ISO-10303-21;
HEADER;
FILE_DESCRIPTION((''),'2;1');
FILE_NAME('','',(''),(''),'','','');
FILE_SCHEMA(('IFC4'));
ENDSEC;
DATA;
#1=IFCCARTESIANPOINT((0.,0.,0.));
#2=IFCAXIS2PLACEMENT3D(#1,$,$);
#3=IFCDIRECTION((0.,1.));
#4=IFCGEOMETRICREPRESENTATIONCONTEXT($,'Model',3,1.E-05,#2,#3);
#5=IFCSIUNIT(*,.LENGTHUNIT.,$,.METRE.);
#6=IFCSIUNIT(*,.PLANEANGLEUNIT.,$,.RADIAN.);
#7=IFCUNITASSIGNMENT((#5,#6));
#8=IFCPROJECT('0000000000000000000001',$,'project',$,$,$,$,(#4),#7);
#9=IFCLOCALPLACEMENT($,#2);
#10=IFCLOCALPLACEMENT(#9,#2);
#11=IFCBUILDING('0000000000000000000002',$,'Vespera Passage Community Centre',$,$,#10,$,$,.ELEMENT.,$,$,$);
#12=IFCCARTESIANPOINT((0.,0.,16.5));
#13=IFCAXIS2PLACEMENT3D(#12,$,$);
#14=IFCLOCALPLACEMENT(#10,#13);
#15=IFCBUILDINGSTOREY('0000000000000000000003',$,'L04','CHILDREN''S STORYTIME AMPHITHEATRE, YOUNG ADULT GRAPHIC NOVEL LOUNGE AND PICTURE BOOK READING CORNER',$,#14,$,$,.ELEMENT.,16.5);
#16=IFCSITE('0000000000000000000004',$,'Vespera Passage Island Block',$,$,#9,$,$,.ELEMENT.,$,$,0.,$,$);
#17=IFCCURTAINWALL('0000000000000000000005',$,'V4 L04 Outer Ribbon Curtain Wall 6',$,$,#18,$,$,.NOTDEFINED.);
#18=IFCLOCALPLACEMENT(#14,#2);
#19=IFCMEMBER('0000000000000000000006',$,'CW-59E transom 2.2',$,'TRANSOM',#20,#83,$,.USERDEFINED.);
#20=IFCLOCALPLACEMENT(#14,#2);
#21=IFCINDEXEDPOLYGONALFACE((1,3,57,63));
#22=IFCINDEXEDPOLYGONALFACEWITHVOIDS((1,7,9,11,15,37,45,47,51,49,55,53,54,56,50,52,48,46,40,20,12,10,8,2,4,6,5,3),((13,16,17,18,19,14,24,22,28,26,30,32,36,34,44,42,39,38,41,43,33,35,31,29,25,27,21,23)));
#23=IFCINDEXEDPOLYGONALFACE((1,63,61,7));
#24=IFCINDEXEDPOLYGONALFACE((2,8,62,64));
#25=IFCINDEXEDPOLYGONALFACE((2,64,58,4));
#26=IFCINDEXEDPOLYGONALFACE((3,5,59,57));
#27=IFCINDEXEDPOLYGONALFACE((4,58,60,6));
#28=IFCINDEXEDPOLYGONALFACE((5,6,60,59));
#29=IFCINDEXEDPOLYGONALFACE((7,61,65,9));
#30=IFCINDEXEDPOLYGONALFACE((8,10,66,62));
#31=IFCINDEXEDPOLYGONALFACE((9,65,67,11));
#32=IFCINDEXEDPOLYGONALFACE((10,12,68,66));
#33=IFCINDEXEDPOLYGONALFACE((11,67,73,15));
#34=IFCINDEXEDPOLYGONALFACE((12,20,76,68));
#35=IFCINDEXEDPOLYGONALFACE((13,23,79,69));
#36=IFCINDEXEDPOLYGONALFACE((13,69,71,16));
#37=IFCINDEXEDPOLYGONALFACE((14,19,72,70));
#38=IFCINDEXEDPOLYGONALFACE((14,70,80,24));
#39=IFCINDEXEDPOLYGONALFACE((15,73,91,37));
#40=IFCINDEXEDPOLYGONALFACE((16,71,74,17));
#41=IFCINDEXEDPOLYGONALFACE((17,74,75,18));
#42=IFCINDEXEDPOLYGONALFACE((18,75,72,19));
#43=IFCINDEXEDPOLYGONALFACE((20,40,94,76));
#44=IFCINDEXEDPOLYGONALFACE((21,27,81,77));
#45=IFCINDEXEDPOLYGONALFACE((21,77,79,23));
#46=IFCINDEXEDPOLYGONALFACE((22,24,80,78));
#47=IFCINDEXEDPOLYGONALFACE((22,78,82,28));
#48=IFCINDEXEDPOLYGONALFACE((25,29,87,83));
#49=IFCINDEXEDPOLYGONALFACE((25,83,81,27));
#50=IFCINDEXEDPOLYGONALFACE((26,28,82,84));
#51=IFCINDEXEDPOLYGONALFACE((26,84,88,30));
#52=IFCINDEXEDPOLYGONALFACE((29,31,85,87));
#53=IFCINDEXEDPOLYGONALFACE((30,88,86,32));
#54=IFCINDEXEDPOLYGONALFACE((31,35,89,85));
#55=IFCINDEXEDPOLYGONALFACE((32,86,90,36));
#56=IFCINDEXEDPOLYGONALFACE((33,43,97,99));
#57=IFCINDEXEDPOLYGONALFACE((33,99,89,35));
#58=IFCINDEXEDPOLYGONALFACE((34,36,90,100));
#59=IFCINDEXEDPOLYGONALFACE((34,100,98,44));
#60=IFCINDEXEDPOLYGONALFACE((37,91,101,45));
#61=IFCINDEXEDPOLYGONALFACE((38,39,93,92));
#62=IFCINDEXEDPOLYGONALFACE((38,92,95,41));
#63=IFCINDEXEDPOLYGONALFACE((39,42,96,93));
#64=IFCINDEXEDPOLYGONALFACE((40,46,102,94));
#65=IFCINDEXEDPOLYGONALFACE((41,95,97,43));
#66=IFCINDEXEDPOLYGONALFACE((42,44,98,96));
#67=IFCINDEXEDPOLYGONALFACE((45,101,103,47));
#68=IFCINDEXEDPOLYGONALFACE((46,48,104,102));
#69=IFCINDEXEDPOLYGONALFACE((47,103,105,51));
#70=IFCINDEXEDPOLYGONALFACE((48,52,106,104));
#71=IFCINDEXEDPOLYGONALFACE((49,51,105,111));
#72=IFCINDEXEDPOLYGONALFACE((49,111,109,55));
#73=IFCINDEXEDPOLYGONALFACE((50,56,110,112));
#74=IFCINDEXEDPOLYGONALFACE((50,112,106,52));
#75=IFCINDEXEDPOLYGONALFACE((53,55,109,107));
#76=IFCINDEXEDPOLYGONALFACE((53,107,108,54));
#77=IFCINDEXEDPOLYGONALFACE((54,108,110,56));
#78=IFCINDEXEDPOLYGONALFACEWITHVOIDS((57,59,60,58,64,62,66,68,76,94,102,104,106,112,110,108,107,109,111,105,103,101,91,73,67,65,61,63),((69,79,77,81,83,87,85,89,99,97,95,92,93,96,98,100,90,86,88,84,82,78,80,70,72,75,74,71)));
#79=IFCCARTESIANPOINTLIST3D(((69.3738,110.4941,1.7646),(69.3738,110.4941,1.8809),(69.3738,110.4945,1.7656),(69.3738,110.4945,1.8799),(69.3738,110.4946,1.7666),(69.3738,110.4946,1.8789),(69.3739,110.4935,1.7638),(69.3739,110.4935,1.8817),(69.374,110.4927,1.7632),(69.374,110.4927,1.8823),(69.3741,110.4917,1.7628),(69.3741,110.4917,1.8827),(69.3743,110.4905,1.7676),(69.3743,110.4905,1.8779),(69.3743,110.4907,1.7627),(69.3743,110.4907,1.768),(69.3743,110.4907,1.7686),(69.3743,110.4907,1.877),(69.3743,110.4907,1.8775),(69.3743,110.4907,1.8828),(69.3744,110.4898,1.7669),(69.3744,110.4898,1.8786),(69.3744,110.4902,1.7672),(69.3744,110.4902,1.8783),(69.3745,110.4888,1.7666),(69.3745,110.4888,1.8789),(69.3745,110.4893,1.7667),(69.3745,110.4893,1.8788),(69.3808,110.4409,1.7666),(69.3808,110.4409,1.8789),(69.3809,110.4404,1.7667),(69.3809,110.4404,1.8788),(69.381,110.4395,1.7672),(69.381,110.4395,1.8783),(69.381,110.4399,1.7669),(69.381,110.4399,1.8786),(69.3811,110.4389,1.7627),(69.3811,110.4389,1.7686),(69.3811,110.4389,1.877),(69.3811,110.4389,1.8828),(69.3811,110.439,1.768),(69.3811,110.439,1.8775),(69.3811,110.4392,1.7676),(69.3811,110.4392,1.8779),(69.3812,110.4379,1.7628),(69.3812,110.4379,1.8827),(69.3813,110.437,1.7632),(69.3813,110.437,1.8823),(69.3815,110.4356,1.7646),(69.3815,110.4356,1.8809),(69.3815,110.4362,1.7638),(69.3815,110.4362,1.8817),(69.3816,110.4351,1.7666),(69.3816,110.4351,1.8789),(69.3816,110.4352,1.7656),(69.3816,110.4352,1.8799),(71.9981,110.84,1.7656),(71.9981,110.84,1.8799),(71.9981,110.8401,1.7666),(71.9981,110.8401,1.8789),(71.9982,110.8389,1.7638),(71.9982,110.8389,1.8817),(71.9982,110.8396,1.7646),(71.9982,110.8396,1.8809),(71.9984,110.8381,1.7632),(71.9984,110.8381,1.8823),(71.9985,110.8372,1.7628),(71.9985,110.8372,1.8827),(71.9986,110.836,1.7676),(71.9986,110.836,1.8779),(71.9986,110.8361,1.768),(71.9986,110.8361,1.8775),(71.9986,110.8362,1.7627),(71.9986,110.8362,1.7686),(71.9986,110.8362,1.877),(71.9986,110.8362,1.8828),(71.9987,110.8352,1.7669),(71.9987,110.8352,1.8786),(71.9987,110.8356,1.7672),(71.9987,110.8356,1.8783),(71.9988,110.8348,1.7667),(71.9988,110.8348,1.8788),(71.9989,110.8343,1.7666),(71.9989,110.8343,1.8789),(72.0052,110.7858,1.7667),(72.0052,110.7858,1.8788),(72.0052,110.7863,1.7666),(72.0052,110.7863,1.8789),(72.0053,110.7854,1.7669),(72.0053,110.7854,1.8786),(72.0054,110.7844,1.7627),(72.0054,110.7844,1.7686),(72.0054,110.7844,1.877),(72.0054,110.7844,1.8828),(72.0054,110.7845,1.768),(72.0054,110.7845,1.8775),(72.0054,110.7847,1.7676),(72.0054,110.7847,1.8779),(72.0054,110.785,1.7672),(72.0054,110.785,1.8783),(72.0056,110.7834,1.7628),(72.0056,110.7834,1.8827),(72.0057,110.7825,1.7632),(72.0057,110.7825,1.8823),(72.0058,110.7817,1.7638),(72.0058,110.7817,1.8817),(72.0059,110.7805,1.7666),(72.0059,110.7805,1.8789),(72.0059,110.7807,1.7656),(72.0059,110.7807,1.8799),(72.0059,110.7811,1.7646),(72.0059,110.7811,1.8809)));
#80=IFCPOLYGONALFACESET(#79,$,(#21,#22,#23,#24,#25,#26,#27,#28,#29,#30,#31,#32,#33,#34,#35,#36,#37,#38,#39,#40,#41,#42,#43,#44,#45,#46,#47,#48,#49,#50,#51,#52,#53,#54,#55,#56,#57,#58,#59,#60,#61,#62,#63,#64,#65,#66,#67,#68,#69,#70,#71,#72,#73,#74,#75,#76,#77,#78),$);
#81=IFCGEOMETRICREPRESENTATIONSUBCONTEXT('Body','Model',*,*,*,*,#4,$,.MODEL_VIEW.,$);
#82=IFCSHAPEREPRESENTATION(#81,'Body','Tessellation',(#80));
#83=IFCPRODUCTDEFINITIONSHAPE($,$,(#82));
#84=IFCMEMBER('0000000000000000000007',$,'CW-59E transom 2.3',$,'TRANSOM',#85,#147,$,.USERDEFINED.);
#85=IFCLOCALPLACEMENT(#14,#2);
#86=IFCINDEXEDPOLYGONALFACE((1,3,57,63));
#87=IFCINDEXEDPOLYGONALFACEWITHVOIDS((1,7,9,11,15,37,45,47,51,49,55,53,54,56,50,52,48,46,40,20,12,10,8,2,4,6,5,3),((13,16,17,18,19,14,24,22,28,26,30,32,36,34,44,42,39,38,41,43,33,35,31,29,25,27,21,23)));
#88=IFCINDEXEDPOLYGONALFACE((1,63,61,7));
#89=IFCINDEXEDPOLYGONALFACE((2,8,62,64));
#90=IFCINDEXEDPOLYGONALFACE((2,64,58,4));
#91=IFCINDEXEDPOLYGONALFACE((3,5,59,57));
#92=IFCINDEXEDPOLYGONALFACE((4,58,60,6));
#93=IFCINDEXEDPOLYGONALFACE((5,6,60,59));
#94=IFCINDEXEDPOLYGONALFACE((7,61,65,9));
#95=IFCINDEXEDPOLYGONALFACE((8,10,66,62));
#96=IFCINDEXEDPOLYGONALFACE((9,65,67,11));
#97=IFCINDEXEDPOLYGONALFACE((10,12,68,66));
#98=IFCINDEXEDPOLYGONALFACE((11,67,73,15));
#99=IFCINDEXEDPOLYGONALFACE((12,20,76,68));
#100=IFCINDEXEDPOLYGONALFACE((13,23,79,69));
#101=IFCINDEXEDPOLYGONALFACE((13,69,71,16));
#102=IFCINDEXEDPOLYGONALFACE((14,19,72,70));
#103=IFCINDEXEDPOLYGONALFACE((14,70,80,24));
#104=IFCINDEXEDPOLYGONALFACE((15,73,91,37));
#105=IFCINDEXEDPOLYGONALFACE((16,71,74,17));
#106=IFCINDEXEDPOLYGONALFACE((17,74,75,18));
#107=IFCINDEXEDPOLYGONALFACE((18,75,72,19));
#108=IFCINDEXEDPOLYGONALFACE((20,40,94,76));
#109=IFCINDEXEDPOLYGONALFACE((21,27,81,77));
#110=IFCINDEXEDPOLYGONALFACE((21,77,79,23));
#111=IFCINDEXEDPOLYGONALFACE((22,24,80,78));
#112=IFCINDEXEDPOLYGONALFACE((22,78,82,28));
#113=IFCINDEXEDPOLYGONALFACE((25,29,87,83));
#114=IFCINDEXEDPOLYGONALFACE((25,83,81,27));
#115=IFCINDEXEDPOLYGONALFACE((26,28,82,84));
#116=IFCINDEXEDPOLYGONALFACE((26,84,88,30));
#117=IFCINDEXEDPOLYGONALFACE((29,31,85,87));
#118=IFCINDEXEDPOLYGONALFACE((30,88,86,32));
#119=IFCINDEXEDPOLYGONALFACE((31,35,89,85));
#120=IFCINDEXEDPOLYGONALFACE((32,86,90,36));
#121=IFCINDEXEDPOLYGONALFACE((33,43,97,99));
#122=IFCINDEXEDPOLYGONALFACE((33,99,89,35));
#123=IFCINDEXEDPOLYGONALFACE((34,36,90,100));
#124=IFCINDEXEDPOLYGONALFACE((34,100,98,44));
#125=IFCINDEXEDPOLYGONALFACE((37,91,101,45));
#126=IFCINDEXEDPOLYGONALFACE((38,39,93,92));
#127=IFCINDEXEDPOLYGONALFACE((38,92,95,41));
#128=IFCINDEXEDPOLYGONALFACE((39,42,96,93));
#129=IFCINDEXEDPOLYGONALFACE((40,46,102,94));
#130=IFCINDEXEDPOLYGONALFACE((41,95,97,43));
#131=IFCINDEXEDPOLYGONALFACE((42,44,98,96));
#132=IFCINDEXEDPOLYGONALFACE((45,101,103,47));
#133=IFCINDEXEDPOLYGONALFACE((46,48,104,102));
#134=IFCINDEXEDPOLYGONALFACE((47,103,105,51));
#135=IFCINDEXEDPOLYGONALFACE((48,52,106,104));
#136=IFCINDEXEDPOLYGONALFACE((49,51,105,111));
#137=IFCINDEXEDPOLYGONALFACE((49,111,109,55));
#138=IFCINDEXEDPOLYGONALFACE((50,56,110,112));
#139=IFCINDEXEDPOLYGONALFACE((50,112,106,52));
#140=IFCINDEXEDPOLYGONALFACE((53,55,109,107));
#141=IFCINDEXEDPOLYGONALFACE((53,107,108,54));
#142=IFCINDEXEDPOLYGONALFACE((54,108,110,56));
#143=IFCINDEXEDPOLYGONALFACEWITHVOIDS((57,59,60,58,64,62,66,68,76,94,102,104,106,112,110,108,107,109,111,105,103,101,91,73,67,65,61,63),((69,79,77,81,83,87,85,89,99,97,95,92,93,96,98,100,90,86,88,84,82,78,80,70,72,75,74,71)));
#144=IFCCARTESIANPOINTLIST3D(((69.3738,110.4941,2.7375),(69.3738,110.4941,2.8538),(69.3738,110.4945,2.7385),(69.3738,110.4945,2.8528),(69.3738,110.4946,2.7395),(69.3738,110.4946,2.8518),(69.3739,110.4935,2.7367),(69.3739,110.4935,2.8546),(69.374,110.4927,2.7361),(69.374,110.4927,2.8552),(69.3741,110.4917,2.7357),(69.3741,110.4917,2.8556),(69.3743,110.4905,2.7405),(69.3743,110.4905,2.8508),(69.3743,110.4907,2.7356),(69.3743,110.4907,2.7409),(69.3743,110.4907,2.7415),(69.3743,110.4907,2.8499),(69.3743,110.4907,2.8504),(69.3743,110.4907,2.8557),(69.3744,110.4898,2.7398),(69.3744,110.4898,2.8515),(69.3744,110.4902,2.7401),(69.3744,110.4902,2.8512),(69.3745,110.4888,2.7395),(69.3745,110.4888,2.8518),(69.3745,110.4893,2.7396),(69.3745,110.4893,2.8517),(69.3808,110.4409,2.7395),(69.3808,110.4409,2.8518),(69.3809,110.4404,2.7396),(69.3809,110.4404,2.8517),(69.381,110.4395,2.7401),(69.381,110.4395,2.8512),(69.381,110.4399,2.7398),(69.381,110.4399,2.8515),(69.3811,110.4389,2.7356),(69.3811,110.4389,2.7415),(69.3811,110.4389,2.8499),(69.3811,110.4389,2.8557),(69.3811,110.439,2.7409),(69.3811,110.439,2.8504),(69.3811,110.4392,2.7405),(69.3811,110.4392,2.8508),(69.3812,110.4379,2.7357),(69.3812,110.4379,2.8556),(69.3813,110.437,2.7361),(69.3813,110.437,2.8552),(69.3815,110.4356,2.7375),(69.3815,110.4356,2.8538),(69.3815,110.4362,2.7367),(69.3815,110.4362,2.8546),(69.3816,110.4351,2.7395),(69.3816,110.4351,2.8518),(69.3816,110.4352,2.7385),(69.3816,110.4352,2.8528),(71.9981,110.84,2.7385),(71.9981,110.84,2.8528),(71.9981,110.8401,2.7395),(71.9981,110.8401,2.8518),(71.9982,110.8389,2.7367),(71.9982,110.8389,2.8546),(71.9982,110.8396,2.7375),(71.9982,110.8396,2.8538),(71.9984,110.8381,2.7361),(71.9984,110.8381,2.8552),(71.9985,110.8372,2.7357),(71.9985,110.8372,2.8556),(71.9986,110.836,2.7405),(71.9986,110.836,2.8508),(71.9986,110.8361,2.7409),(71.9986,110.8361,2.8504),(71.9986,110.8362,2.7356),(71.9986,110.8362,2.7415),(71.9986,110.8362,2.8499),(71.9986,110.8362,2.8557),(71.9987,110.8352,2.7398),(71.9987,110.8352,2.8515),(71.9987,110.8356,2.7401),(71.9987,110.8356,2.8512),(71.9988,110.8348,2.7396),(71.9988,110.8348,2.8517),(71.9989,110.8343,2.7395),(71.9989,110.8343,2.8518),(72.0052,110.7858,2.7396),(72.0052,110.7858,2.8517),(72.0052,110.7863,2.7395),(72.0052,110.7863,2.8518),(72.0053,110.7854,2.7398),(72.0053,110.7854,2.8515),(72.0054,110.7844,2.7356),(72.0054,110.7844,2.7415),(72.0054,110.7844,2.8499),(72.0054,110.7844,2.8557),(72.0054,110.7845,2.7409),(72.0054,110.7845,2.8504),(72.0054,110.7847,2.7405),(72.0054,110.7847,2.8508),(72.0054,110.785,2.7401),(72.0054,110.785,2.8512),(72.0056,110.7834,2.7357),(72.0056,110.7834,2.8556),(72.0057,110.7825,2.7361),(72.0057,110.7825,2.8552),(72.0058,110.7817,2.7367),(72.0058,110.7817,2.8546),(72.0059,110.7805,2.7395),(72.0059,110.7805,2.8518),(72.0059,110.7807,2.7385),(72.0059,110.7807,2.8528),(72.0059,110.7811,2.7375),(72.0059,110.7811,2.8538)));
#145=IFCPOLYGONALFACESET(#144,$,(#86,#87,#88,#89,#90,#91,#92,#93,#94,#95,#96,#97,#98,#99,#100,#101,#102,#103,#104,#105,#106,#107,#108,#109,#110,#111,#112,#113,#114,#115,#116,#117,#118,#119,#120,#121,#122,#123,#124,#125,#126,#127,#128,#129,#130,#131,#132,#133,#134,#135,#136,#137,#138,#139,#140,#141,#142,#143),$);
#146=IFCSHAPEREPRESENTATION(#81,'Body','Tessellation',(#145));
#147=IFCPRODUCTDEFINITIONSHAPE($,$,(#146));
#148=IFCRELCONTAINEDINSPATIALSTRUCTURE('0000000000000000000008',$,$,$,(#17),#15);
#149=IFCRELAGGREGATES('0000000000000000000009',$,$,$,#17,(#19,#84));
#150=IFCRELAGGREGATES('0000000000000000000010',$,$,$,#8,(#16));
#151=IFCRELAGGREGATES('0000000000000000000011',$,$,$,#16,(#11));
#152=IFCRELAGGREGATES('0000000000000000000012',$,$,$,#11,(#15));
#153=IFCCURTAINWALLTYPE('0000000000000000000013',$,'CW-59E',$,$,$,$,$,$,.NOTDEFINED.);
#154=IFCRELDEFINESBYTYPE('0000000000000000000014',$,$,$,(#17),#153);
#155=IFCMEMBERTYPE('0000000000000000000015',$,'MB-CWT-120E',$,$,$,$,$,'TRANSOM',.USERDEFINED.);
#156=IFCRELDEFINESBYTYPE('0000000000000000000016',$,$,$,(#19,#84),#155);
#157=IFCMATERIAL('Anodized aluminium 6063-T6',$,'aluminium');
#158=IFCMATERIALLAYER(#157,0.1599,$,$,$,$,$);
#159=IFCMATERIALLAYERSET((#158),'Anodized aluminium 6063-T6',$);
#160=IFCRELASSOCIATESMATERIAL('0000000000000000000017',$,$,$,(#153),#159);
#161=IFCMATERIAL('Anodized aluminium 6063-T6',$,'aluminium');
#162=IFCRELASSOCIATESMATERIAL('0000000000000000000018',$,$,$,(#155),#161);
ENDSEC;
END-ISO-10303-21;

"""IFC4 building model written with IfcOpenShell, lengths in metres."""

from ifc_helpers import new_model, si_unit, direction, frame, origin, origin_2d, place, context, subcontext, project, spatial, hollow_rectangle, extrude, material, layer, layer_set, material_profile, profile_set, type_object, element, aggregate, save


model = new_model("IFC4")

# Units and contexts
model_context = context("Model", 3, precision=1e-05, world=origin(), true_north=direction((0.0, 1.0)))
body_context = subcontext(model_context, "Body", "Model", "MODEL_VIEW")
ifc_project = project(units=[si_unit("LENGTHUNIT", "METRE"), si_unit("PLANEANGLEUNIT", "RADIAN")], contexts=[model_context])

# Site, building, storey
site_placement = place(None, origin())
site = spatial("IfcSite", under=ifc_project, at=site_placement, Name="Vespera Passage Island Block", CompositionType="ELEMENT", RefElevation=0.0)
building_placement = place(site_placement, origin())
building = spatial("IfcBuilding", under=site, at=building_placement, Name="Vespera Passage Community Centre", CompositionType="ELEMENT")
storey_placement = place(building_placement, frame((0.0, 0.0, 16.5)))
storey = spatial("IfcBuildingStorey", under=building, at=storey_placement, Name="L04", Description="CHILDREN'S STORYTIME AMPHITHEATRE, YOUNG ADULT GRAPHIC NOVEL LOUNGE AND PICTURE BOOK READING CORNER", CompositionType="ELEMENT", Elevation=16.5)

# Curtain wall, members
ifc_material_1 = material(Name="Anodized aluminium 6063-T6", Category="aluminium")
ifc_layer_1 = layer(ifc_material_1, 0.1599)
ifc_layer_set_1 = layer_set([ifc_layer_1], Name="Anodized aluminium 6063-T6")
curtain_wall_type = type_object("IfcCurtainWallType", Name="CW-59E", PredefinedType="NOTDEFINED", material=ifc_layer_set_1)
curtain_wall_placement = place(storey_placement, origin())
curtain_wall = element("IfcCurtainWall", 1, at=curtain_wall_placement, inside=storey, type_object=curtain_wall_type, Name="V4 L04 Outer Ribbon Curtain Wall 6", PredefinedType="NOTDEFINED")
ifc_material_2 = material(Name="Anodized aluminium 6063-T6", Category="aluminium")
ifc_material_profile_1 = material_profile(ifc_material_2, hollow_rectangle(XDim=0.0601, YDim=0.1201, WallThickness=0.0039, InnerFilletRadius=0.002, OuterFilletRadius=0.0039, at=origin_2d()), Name="ALU120X60X4")
ifc_profile_set_1 = profile_set([ifc_material_profile_1], Name="Anodized aluminium 6063-T6")
member_type_1 = type_object("IfcMemberType", Name="MB-CWT-120E", ElementType="TRANSOM", PredefinedType="USERDEFINED", material=ifc_profile_set_1)
member_1_placement = place(storey_placement, frame((69.3777, 110.4648, 1.8228), z_axis=(0.991446, 0.130514, 0.0), x_axis=(-0.130514, 0.991446, 0.0)))
member_1 = element("IfcMember", 2, at=member_1_placement, type_object=member_type_1, Name="CW-59E transom 2.2", ObjectType="TRANSOM", PredefinedType="USERDEFINED", context=body_context, shape_type="SweptSolid", body=[
    extrude(hollow_rectangle(XDim=0.0601, YDim=0.1201, WallThickness=0.0039, InnerFilletRadius=0.002, OuterFilletRadius=0.0039, at=origin_2d()), origin(), (0.0, 0.0, 1.0), 2.647),
])
member_2_placement = place(storey_placement, frame((69.3777, 110.4648, 2.7957), z_axis=(0.991446, 0.130514, 0.0), x_axis=(-0.130514, 0.991446, 0.0)))
member_2 = element("IfcMember", 3, at=member_2_placement, type_object=member_type_1, Name="CW-59E transom 2.3", ObjectType="TRANSOM", PredefinedType="USERDEFINED", context=body_context, shape_type="SweptSolid", body=[
    extrude(hollow_rectangle(XDim=0.0601, YDim=0.1201, WallThickness=0.0039, InnerFilletRadius=0.002, OuterFilletRadius=0.0039, at=origin_2d()), origin(), (0.0, 0.0, 1.0), 2.647),
])
aggregate(curtain_wall, [member_1, member_2])

save(model, "model.ifc")
